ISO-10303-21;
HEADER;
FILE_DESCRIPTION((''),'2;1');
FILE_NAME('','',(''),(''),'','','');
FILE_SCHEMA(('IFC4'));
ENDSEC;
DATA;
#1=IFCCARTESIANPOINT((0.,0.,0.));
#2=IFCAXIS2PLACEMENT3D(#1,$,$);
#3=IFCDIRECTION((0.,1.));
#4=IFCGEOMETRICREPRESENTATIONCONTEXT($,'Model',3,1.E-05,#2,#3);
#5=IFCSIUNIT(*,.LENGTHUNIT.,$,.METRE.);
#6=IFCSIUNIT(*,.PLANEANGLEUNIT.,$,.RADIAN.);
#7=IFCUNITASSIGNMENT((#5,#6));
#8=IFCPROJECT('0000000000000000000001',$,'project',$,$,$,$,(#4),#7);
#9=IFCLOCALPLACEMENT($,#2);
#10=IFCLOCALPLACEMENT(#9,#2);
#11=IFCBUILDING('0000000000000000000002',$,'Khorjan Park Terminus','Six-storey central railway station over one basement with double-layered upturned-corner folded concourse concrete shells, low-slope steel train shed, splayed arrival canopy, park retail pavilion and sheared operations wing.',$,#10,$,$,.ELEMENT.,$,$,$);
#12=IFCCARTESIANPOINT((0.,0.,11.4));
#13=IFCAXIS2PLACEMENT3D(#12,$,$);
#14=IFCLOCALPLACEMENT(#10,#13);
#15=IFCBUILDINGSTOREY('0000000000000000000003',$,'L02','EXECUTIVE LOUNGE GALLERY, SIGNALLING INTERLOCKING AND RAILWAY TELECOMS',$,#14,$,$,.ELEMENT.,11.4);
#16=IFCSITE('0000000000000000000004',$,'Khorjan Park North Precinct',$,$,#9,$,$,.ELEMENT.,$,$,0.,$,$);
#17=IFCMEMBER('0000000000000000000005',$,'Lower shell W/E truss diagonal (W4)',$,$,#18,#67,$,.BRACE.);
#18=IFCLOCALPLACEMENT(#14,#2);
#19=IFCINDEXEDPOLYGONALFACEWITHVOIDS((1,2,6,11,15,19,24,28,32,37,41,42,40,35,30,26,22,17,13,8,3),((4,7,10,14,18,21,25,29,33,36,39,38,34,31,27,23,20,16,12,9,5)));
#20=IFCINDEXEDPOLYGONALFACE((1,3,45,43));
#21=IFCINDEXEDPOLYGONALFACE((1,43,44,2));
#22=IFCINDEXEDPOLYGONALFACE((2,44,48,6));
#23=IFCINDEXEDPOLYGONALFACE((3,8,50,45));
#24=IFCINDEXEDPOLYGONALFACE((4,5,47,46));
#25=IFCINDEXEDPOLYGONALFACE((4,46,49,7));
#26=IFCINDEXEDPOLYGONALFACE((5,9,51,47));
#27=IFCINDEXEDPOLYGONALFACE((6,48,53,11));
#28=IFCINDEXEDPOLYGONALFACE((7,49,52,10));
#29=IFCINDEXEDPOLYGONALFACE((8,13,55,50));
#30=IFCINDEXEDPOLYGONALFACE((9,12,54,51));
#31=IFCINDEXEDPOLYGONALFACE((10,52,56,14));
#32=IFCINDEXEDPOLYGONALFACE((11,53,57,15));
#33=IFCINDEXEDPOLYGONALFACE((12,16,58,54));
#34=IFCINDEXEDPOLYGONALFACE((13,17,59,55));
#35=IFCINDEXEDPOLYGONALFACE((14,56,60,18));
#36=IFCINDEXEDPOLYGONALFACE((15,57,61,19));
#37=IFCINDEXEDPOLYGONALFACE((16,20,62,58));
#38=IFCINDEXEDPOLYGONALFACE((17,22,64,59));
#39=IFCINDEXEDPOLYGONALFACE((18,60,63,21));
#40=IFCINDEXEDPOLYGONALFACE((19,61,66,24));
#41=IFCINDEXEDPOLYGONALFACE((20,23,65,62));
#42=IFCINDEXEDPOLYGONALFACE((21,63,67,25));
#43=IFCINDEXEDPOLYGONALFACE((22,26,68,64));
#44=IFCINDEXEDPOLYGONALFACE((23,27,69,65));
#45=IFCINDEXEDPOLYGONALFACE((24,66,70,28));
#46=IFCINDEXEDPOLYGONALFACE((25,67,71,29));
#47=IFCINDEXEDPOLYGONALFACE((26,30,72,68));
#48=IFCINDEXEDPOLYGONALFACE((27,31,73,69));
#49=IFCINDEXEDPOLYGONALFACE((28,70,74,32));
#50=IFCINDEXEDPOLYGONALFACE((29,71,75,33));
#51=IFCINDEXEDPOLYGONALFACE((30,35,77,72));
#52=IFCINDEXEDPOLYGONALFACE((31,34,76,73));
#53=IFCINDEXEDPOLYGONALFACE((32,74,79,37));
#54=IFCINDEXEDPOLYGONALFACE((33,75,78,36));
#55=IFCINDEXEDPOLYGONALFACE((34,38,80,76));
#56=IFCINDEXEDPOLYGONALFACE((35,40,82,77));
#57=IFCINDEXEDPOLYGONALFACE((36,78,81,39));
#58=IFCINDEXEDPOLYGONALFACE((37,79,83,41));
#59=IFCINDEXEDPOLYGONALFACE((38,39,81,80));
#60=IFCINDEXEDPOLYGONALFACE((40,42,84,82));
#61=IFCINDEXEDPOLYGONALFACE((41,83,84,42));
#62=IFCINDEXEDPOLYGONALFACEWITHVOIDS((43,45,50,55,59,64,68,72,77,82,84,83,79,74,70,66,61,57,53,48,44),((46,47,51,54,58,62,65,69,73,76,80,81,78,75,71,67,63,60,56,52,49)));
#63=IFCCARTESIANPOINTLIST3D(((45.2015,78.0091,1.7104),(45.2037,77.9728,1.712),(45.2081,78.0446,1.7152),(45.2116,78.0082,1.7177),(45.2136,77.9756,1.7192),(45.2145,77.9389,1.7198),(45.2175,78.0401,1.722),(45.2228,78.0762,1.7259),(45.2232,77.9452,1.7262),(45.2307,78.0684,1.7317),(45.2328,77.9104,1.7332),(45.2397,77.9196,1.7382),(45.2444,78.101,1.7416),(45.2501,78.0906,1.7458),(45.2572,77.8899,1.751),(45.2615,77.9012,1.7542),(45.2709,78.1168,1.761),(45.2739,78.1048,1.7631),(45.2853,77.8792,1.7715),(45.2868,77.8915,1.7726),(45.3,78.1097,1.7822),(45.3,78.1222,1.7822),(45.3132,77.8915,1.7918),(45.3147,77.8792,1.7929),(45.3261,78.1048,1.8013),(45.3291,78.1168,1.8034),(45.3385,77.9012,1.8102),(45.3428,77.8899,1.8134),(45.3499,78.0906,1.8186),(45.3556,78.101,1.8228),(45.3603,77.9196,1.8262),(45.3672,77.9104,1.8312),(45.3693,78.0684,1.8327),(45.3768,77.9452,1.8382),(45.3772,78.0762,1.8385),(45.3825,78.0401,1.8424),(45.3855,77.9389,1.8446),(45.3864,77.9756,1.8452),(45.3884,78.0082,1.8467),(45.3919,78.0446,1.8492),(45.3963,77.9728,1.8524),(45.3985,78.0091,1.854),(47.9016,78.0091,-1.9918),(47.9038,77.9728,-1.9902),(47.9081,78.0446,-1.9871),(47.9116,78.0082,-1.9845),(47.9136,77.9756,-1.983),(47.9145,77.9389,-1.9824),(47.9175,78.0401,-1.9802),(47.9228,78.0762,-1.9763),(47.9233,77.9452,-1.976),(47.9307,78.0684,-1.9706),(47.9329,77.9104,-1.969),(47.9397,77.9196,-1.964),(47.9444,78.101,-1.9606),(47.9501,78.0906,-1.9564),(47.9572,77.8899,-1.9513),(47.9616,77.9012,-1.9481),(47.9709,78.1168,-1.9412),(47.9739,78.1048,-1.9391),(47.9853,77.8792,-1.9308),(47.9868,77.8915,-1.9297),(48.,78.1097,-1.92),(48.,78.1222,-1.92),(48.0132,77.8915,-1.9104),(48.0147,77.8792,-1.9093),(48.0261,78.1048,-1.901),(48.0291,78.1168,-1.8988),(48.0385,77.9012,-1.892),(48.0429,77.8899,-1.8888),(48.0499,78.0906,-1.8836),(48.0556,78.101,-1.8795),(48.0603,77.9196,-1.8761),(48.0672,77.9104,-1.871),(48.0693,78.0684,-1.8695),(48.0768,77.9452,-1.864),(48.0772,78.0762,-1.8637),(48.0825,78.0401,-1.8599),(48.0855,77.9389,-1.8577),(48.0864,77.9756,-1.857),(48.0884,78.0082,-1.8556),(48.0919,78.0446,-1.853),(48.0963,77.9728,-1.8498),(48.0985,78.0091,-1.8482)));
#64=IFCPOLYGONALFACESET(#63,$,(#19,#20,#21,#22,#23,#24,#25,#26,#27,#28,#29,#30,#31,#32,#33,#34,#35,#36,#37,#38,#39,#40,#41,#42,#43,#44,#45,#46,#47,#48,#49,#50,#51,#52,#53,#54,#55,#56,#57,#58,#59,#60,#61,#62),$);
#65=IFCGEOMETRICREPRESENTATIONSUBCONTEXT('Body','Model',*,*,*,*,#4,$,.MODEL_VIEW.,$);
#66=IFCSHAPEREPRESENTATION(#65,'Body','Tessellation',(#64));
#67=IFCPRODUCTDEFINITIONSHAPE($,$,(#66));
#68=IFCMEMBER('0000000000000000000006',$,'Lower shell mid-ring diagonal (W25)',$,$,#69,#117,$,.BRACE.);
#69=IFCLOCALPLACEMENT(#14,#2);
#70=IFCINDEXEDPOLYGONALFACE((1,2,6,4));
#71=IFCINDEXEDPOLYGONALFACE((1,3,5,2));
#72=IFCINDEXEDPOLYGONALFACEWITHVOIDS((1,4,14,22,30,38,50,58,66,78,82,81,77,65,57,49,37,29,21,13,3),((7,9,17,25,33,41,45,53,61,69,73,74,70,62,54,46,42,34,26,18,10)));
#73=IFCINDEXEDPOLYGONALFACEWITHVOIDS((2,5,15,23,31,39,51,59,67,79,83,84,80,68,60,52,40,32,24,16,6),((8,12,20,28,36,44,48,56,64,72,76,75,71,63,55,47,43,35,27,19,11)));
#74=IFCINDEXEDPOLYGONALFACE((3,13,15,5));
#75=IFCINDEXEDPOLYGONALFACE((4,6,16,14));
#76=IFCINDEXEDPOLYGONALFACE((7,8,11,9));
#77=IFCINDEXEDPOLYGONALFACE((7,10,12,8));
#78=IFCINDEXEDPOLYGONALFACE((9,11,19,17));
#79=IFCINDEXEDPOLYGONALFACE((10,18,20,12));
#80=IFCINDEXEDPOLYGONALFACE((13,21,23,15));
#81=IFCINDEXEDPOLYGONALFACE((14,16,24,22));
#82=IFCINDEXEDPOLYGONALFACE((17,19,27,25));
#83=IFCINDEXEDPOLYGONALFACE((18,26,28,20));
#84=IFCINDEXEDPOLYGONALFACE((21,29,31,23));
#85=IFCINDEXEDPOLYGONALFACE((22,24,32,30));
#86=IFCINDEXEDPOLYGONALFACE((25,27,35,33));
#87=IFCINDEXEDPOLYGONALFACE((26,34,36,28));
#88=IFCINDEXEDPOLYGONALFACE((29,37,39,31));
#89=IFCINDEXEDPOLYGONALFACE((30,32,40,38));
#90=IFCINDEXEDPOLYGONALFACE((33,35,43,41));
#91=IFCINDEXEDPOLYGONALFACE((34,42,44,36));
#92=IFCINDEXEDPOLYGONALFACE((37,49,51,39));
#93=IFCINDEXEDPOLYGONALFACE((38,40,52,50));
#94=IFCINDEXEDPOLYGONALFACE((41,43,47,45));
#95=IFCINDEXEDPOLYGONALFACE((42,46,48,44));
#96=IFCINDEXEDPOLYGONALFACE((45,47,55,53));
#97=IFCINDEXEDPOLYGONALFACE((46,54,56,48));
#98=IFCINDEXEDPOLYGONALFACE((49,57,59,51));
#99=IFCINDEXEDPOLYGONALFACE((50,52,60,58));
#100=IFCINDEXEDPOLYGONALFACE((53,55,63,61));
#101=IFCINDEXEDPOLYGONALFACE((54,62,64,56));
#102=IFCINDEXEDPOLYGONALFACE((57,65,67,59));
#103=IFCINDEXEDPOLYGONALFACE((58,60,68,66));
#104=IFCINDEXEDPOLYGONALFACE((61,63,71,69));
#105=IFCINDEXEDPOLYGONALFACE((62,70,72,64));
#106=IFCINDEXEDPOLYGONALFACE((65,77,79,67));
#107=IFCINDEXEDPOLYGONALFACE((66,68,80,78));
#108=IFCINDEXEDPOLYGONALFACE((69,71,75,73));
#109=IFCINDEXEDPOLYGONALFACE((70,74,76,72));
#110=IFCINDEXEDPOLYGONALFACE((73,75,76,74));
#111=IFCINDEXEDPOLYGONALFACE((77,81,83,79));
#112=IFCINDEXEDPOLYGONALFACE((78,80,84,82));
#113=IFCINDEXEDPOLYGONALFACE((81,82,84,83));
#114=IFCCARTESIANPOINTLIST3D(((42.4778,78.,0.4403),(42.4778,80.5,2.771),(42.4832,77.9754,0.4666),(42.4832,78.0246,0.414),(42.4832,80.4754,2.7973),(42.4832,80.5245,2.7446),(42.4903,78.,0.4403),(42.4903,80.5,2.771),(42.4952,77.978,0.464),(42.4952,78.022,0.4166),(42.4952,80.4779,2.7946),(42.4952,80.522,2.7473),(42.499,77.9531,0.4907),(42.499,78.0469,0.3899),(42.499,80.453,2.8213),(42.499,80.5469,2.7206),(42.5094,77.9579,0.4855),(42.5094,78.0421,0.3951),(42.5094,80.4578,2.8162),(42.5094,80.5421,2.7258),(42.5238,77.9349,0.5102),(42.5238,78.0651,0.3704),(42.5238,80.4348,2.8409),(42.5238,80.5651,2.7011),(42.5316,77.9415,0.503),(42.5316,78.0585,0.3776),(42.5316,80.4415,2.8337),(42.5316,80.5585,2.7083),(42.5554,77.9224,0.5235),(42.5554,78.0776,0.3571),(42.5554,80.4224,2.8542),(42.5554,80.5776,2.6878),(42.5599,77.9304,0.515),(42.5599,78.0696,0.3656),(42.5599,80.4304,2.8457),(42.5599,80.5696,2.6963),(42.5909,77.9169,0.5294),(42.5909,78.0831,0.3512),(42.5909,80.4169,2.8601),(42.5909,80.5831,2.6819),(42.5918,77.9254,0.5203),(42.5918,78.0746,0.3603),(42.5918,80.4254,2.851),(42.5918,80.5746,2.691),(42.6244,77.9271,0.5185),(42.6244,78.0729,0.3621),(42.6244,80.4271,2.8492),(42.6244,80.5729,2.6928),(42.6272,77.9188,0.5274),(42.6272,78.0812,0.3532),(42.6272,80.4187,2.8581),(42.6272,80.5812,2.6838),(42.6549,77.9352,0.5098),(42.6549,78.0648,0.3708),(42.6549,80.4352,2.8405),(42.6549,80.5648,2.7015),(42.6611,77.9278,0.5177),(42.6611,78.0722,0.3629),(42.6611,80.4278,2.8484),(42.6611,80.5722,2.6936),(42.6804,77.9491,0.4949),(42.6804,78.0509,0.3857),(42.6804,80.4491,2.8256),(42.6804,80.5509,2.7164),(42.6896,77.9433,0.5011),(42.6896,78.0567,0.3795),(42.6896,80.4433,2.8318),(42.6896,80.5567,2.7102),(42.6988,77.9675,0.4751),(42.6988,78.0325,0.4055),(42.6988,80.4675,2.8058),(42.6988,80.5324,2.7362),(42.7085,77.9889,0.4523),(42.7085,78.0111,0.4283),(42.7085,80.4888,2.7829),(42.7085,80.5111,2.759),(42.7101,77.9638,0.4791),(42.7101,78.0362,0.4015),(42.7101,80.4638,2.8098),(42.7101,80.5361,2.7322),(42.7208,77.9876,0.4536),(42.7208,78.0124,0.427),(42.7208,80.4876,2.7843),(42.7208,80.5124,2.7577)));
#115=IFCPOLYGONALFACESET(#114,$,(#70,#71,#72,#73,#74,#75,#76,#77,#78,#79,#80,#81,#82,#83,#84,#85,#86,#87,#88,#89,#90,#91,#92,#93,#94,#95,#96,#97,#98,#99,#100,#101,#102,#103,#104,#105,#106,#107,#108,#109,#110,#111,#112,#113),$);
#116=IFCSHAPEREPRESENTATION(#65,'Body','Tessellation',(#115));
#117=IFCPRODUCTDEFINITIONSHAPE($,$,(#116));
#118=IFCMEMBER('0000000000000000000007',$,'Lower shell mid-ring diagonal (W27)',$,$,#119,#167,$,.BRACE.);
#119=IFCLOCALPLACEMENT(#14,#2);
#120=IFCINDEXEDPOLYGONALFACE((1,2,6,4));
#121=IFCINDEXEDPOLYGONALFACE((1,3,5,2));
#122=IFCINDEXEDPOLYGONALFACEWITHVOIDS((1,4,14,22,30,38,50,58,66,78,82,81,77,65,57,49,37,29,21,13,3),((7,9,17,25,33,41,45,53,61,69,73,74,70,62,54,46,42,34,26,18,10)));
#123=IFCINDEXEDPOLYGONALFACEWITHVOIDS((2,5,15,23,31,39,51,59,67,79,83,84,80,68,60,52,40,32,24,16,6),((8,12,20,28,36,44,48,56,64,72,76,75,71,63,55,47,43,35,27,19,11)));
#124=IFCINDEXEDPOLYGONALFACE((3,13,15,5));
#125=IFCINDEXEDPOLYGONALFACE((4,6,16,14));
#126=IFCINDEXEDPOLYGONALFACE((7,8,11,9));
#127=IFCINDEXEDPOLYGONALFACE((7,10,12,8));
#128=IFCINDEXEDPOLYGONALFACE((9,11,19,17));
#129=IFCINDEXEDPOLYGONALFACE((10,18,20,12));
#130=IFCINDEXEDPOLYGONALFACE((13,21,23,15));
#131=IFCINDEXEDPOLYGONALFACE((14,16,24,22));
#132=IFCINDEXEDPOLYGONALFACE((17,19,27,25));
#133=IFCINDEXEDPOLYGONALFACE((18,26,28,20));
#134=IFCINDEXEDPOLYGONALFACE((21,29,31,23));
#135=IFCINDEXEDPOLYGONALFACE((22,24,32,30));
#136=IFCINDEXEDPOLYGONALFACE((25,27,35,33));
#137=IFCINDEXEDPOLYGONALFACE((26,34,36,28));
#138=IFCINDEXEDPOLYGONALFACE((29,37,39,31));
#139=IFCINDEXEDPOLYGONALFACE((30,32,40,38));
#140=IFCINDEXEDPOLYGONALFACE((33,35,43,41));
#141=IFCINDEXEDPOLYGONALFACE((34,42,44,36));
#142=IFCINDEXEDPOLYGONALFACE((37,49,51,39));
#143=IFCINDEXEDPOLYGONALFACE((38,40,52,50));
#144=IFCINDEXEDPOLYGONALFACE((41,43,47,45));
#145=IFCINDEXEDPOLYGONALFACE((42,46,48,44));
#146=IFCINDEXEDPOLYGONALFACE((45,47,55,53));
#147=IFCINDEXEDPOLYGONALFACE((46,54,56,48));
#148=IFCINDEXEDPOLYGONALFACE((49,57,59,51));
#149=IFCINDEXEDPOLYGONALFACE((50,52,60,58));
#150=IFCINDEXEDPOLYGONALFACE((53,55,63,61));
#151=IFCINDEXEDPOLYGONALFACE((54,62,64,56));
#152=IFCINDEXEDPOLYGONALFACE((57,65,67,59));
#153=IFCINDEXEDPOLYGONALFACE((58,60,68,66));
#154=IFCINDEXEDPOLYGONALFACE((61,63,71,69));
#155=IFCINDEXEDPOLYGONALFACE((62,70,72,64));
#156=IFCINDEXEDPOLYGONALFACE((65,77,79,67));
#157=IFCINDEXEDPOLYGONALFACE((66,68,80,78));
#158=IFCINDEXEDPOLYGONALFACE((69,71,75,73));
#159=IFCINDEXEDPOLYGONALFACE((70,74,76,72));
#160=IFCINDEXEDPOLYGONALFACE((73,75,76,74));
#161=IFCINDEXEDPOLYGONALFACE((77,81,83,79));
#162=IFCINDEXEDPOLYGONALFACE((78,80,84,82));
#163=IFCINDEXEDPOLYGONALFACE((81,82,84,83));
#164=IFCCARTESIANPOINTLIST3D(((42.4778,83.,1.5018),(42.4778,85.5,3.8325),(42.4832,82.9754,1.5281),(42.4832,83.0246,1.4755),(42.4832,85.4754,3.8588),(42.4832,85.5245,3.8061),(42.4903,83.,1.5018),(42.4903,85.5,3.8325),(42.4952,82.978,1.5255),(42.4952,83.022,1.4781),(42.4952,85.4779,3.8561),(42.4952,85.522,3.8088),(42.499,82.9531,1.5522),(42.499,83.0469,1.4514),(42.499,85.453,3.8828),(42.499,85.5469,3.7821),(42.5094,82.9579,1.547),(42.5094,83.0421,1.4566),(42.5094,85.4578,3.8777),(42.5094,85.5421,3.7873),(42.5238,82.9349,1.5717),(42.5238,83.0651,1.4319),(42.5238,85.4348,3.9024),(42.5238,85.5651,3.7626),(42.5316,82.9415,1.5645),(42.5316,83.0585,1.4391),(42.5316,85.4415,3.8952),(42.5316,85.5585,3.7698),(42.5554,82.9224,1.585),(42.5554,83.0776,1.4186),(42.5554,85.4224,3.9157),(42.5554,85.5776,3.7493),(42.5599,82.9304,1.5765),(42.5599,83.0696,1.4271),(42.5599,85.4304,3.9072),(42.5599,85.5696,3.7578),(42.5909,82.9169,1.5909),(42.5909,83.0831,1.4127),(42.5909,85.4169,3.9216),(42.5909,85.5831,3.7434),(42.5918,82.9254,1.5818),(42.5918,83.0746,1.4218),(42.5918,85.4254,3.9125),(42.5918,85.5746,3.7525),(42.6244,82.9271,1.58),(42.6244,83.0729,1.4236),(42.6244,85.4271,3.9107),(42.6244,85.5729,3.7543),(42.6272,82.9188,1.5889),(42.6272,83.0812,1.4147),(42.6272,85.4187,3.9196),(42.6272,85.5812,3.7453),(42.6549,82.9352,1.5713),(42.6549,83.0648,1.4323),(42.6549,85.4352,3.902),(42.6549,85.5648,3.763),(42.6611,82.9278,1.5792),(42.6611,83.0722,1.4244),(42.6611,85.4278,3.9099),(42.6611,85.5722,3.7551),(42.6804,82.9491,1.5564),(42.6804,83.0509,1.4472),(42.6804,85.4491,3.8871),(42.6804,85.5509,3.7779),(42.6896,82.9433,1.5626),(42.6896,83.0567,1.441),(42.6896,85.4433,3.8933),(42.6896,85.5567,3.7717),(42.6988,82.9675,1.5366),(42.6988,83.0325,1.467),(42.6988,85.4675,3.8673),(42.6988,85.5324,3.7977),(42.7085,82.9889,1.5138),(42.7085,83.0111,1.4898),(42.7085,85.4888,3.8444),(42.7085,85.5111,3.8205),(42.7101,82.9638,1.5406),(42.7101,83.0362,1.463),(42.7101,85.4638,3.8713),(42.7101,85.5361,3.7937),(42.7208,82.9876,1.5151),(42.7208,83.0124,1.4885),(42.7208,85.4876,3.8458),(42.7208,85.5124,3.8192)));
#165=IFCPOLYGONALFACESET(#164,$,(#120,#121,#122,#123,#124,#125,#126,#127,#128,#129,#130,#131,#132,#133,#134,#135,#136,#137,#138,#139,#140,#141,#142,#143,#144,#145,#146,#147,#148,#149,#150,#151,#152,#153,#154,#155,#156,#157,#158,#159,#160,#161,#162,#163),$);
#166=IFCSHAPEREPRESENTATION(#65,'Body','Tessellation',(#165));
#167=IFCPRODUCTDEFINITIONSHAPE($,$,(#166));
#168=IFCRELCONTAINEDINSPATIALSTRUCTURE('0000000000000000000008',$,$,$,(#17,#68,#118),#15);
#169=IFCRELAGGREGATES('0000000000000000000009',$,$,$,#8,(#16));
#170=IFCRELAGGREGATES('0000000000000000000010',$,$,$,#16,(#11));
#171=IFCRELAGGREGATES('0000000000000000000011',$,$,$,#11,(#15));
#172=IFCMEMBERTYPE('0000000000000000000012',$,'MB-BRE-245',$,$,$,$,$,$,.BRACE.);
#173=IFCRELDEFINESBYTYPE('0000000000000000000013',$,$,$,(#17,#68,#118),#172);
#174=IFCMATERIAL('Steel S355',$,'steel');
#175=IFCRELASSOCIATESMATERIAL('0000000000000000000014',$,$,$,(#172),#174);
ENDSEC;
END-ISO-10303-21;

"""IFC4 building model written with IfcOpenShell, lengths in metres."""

from ifc_helpers import new_model, si_unit, direction, frame, origin, origin_2d, place, context, subcontext, project, spatial, hollow_circle, extrude, material, material_profile, profile_set, type_object, element, save


model = new_model("IFC4")

# Units and contexts
model_context = context("Model", 3, precision=1e-05, world=origin(), true_north=direction((0.0, 1.0)))
body_context = subcontext(model_context, "Body", "Model", "MODEL_VIEW")
ifc_project = project(units=[si_unit("LENGTHUNIT", "METRE"), si_unit("PLANEANGLEUNIT", "RADIAN")], contexts=[model_context])

# Site, building, storey
site_placement = place(None, origin())
site = spatial("IfcSite", under=ifc_project, at=site_placement, Name="Khorjan Park North Precinct", CompositionType="ELEMENT", RefElevation=0.0)
building_placement = place(site_placement, origin())
building = spatial("IfcBuilding", under=site, at=building_placement, Name="Khorjan Park Terminus", Description="Six-storey central railway station over one basement with double-layered upturned-corner folded concourse concrete shells, low-slope steel train shed, splayed arrival canopy, park retail pavilion and sheared operations wing.", CompositionType="ELEMENT")
storey_placement = place(building_placement, frame((0.0, 0.0, 11.4)))
storey = spatial("IfcBuildingStorey", under=building, at=storey_placement, Name="L02", Description="EXECUTIVE LOUNGE GALLERY, SIGNALLING INTERLOCKING AND RAILWAY TELECOMS", CompositionType="ELEMENT", Elevation=11.4)

# Shared definitions
ifc_material_1 = material(Name="Steel S355", Category="steel")

# Members
ifc_material_profile_1 = material_profile(ifc_material_1, hollow_circle(Radius=0.1222, WallThickness=0.0125, at=origin_2d()), Name="CHS 244.5x12.5")
ifc_profile_set_1 = profile_set([ifc_material_profile_1], Name="Steel S355")
member_type_1 = type_object("IfcMemberType", Name="MB-BRE-245", PredefinedType="BRACE", material=ifc_profile_set_1)
member_1_placement = place(storey_placement, frame((45.3, 78.0, 1.7822), z_axis=(0.58924, 0.0, -0.807958), x_axis=(0.0, 1.0, 0.0)))
element("IfcMember", 1, at=member_1_placement, inside=storey, type_object=member_type_1, Name="Lower shell W/E truss diagonal (W4)", PredefinedType="BRACE", context=body_context, shape_type="SweptSolid", body=[
    extrude(hollow_circle(Radius=0.1222, WallThickness=0.0125, at=origin_2d()), origin(), (0.0, 0.0, 1.0), 4.5822),
])
for number, where, z_axis, x_axis, name in (
    (2, (42.6, 78.0, 0.4403), (0.0, 0.731439, 0.681906), (-1.0, 0.0, 0.0), "Lower shell mid-ring diagonal (W25)"),
    (3, (42.6, 83.0, 1.5018), (0.0, 0.731439, 0.681906), (-1.0, 0.0, 0.0), "Lower shell mid-ring diagonal (W27)"),
):
    element("IfcMember", number, at=place(storey_placement, frame(where, z_axis=z_axis, x_axis=x_axis)), inside=storey, type_object=member_type_1, Name=name, PredefinedType="BRACE", context=body_context, shape_type="SweptSolid", body=[
        extrude(hollow_circle(Radius=0.1222, WallThickness=0.0125, at=origin_2d()), origin(), (0.0, 0.0, 1.0), 3.4179),
    ])

save(model, "model.ifc")
